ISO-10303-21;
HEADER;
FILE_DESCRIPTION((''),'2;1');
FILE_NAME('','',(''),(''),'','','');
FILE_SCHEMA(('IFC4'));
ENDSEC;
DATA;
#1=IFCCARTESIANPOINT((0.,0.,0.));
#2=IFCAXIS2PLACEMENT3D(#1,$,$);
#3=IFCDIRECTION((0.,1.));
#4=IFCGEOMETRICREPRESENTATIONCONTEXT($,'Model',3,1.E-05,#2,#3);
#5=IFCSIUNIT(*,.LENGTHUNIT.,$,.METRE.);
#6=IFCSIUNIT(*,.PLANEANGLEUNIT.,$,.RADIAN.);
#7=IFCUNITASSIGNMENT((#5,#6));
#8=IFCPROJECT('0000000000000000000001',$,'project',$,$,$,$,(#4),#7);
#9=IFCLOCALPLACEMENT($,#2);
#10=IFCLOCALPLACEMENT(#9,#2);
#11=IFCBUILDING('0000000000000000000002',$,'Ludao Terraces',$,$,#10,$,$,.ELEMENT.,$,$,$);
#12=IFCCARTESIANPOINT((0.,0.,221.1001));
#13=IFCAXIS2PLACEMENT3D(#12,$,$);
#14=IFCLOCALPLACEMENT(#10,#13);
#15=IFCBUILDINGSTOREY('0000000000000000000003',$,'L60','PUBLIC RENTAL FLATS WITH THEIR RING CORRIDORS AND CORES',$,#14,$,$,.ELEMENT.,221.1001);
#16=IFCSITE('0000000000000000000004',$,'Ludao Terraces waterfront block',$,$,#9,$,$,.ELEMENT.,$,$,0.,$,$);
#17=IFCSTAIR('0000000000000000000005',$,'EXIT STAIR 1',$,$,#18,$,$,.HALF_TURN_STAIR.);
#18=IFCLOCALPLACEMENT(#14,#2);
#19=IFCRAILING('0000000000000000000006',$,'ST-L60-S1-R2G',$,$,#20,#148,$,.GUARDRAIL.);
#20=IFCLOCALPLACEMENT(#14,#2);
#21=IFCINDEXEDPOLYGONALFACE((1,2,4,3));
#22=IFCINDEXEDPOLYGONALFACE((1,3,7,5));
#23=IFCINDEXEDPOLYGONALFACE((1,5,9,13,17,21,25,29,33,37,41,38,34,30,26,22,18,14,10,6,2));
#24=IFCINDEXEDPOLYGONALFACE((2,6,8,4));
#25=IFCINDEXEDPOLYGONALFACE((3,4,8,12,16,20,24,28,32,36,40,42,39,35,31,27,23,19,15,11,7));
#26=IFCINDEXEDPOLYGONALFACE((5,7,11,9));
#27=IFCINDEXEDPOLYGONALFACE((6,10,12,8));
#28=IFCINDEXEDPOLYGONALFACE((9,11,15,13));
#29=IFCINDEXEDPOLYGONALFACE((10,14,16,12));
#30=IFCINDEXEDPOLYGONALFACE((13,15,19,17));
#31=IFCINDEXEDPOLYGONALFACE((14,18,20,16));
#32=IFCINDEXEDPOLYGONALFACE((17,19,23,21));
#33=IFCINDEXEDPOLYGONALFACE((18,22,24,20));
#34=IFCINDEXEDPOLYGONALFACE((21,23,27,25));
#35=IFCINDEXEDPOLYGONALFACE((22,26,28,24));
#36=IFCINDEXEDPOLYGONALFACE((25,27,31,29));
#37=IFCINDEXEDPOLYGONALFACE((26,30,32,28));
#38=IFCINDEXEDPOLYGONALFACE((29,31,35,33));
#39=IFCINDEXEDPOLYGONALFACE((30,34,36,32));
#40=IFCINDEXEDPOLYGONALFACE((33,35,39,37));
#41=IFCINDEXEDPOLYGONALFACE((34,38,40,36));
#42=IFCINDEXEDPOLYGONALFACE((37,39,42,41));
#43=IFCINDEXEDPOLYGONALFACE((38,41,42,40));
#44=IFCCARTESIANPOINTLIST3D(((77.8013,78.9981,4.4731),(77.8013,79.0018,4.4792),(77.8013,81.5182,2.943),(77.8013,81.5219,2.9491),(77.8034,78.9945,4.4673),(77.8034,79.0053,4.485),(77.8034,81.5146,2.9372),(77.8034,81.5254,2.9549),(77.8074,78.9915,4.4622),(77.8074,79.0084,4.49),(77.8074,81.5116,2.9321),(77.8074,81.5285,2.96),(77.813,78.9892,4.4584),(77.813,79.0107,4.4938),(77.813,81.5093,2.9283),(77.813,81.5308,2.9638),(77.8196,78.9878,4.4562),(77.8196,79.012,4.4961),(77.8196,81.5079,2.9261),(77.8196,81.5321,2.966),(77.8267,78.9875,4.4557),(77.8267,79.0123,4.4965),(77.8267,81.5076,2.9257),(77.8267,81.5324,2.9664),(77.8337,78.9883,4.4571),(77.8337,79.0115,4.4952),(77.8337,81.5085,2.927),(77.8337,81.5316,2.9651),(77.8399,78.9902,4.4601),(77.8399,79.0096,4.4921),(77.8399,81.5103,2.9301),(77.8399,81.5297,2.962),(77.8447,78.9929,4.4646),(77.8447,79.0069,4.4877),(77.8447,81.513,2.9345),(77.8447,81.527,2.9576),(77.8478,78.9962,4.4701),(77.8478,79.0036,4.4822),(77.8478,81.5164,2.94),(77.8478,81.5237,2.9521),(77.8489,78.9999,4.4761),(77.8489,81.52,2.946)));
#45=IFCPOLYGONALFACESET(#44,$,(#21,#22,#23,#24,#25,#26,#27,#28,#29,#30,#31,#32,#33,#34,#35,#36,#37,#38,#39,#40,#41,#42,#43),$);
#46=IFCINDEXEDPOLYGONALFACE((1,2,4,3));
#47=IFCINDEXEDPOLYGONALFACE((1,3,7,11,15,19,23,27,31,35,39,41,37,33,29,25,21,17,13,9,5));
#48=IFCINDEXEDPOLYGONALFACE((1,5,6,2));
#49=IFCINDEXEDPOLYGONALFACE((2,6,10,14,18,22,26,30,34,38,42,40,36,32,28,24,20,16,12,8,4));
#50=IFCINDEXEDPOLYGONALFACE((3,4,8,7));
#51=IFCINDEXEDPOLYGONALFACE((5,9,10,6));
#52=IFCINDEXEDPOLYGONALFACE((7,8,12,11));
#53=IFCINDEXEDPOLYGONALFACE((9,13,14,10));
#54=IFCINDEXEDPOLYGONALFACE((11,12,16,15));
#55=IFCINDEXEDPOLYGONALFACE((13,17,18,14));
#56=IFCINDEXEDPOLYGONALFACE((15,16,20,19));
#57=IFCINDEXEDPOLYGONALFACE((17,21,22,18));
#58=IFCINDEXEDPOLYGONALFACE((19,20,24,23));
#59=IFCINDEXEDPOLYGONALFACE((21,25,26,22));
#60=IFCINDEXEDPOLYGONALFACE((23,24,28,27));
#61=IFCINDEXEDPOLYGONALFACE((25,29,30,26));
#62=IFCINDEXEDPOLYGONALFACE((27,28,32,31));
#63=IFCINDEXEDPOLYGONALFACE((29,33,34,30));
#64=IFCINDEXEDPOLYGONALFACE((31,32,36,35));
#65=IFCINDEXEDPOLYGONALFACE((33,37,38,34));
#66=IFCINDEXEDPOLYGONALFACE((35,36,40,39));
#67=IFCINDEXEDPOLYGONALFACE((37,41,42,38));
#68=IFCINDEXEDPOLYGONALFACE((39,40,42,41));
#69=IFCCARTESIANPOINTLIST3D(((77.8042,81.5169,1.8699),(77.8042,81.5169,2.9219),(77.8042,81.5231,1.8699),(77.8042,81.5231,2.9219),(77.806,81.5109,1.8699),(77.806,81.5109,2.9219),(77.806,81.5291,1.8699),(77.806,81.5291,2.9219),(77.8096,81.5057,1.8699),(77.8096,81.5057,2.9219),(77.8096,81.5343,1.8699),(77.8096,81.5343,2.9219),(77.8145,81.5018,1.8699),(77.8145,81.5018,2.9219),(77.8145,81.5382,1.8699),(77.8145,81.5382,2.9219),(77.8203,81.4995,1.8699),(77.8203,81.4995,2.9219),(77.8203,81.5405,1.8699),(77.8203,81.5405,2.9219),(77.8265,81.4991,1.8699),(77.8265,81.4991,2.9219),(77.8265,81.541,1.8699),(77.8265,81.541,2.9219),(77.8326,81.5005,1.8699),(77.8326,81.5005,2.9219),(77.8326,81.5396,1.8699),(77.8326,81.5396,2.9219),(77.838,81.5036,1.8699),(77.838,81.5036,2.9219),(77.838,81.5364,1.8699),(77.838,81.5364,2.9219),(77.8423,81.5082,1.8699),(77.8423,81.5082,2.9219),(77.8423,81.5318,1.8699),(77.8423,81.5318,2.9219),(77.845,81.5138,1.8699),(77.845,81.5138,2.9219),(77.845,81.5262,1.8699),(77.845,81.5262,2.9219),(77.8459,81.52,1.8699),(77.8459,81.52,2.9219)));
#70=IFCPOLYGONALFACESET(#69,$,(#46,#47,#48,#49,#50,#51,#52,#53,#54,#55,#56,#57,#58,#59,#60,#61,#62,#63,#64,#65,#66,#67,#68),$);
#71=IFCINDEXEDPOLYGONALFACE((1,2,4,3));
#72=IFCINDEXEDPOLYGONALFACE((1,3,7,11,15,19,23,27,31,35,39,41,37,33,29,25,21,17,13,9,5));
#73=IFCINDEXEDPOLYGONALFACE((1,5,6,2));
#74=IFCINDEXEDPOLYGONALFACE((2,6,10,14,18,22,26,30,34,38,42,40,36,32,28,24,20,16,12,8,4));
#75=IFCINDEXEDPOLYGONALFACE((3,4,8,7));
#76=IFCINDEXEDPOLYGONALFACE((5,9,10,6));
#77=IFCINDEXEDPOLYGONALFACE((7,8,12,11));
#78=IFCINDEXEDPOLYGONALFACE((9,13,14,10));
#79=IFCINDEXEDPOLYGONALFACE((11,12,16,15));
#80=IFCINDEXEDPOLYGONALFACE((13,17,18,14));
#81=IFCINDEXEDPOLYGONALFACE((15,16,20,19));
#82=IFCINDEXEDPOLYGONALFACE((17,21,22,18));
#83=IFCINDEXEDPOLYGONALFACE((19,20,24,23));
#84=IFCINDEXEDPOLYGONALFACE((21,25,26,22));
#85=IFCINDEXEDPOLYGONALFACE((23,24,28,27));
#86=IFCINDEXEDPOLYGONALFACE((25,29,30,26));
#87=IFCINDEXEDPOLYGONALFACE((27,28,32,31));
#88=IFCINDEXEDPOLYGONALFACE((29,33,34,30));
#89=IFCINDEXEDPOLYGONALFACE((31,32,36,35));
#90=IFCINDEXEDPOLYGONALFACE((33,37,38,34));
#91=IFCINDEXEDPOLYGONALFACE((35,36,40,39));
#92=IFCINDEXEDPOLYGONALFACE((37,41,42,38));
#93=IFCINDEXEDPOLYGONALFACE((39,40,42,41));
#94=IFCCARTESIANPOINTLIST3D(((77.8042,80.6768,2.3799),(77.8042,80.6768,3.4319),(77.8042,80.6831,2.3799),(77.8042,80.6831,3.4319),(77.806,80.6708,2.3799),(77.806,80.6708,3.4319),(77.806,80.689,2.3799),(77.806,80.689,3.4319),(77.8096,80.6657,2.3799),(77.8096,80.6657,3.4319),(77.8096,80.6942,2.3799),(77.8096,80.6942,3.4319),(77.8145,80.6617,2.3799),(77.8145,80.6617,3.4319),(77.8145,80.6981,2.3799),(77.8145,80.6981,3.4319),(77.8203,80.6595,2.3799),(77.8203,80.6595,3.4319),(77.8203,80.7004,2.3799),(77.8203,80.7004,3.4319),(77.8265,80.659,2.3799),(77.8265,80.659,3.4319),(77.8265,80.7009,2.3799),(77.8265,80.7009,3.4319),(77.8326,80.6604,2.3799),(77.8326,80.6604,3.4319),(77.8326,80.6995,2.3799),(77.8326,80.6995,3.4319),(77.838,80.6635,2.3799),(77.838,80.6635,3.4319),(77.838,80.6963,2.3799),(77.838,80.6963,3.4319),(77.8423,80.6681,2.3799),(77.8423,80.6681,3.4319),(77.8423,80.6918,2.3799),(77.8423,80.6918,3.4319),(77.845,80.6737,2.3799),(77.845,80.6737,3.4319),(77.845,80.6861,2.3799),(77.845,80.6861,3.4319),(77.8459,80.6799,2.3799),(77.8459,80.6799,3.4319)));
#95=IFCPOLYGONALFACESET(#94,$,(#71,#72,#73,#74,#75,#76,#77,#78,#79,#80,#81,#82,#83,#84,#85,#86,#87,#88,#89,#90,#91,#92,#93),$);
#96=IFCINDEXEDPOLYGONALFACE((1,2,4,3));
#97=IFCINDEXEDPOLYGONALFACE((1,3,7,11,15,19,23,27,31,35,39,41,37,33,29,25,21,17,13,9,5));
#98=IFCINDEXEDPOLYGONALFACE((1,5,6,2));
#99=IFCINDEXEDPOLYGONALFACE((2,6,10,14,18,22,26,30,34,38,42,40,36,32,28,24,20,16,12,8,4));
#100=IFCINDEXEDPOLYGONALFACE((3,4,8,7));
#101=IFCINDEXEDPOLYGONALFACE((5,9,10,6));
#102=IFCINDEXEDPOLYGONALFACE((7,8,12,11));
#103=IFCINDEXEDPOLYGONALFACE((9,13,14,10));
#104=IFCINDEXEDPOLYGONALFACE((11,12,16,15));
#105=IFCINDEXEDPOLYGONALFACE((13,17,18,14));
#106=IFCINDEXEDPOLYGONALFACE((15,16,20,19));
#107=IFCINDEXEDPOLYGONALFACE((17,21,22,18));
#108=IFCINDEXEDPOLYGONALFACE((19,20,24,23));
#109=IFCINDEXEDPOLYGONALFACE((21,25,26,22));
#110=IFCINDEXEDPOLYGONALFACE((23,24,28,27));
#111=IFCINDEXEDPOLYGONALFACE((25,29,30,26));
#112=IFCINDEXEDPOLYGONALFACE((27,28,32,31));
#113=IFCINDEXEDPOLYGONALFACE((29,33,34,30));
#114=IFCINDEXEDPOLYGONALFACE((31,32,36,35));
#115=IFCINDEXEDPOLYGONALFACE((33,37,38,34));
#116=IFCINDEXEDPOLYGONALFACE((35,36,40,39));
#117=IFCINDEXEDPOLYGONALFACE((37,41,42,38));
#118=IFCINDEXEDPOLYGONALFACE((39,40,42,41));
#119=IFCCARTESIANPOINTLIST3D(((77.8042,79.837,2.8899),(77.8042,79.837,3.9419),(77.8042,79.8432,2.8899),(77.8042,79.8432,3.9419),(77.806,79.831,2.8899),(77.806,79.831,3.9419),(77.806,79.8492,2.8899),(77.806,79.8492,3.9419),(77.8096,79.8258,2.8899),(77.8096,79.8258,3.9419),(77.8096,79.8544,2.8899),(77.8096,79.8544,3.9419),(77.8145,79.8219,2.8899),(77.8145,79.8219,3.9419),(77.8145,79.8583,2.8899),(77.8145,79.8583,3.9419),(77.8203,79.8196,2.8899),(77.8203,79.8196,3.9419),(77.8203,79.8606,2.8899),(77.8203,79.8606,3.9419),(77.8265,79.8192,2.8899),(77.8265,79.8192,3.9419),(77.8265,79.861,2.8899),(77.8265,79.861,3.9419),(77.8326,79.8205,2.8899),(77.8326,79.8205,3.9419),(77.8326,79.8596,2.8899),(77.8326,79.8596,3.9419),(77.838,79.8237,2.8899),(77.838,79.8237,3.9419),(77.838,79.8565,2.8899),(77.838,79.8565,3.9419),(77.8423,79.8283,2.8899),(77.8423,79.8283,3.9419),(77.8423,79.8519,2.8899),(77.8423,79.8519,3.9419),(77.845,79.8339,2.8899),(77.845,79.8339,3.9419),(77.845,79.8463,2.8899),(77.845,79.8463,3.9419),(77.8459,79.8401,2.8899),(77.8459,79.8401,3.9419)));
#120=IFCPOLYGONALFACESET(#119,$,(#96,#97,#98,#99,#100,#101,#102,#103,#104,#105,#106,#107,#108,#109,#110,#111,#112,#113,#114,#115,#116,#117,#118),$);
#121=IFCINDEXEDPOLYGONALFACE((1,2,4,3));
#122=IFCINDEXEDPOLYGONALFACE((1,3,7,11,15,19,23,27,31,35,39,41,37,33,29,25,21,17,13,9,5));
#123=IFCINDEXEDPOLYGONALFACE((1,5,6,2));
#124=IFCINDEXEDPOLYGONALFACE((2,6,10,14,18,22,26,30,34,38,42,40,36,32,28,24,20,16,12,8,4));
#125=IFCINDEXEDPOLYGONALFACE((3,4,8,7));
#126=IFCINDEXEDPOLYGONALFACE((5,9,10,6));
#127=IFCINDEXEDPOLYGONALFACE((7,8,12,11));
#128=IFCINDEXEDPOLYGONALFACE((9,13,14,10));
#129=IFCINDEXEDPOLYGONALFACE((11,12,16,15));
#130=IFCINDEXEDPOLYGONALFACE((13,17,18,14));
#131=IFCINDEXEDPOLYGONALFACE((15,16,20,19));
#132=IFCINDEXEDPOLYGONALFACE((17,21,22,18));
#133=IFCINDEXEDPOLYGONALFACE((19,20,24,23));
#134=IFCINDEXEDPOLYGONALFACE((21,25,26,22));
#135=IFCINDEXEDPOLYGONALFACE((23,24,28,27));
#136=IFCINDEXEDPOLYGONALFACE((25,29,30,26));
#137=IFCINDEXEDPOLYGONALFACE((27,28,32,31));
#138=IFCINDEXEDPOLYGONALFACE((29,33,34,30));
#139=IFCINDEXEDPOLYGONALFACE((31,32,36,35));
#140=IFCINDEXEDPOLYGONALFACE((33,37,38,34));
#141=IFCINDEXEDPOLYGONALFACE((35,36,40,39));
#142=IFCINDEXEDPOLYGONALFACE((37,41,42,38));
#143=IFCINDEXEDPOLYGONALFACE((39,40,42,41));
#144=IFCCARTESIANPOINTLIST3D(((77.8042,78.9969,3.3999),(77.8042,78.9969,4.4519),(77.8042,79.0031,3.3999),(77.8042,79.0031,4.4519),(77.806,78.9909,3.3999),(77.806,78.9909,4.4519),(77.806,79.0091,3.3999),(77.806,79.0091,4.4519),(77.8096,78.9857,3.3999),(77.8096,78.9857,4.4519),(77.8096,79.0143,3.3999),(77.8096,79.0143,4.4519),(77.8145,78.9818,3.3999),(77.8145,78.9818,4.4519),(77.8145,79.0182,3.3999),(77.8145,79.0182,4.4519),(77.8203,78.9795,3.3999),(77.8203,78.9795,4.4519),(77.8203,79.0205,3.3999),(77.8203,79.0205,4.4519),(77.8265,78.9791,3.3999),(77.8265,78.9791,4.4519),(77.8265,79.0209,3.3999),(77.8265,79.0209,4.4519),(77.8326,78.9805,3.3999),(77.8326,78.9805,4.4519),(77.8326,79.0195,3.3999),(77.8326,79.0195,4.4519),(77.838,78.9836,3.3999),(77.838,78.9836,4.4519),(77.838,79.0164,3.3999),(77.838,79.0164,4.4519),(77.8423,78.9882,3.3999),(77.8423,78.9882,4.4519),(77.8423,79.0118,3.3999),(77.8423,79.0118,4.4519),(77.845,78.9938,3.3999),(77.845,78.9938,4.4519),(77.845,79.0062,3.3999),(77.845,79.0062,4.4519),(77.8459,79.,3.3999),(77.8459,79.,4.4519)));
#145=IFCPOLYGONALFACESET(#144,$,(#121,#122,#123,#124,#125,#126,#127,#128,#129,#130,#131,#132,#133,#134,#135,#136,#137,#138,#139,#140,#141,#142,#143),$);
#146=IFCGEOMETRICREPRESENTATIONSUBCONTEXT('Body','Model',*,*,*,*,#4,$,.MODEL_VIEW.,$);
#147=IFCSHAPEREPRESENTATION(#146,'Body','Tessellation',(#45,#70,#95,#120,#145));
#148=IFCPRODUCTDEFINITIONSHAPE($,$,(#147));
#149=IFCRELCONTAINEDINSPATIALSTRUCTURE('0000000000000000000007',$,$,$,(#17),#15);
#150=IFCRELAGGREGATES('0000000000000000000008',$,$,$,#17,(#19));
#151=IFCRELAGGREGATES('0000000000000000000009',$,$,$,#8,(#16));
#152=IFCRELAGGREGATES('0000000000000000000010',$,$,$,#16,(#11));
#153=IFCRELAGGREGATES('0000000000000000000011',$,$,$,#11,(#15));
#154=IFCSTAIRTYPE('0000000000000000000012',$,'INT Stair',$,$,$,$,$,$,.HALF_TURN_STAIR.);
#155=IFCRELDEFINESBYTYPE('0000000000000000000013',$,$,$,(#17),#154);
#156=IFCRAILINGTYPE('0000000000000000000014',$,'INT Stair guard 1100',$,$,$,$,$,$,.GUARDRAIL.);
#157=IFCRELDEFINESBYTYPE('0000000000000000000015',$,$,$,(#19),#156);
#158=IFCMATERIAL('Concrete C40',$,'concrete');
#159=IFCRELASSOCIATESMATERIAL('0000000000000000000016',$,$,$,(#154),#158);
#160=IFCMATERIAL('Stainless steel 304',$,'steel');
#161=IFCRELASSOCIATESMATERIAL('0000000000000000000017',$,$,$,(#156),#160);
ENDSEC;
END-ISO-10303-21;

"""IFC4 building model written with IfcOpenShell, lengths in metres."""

from ifc_helpers import new_model, si_unit, direction, frame, origin, origin_2d, place, context, subcontext, project, spatial, circle, extrude, material, type_object, element, aggregate, save


model = new_model("IFC4")

# Units and contexts
model_context = context("Model", 3, precision=1e-05, world=origin(), true_north=direction((0.0, 1.0)))
body_context = subcontext(model_context, "Body", "Model", "MODEL_VIEW")
ifc_project = project(units=[si_unit("LENGTHUNIT", "METRE"), si_unit("PLANEANGLEUNIT", "RADIAN")], contexts=[model_context])

# Site, building, storey
site_placement = place(None, origin())
site = spatial("IfcSite", under=ifc_project, at=site_placement, Name="Ludao Terraces waterfront block", CompositionType="ELEMENT", RefElevation=0.0)
building_placement = place(site_placement, origin())
building = spatial("IfcBuilding", under=site, at=building_placement, Name="Ludao Terraces", CompositionType="ELEMENT")
storey_placement = place(building_placement, frame((0.0, 0.0, 221.1001)))
storey = spatial("IfcBuildingStorey", under=building, at=storey_placement, Name="L60", Description="PUBLIC RENTAL FLATS WITH THEIR RING CORRIDORS AND CORES", CompositionType="ELEMENT", Elevation=221.1001)

# Shared definitions
ifc_material_1 = material(Name="Concrete C40", Category="concrete")

# Stair, railing
stair_type = type_object("IfcStairType", Name="INT Stair", PredefinedType="HALF_TURN_STAIR", material=ifc_material_1)
stair_placement = place(storey_placement, origin())
stair = element("IfcStair", 1, at=stair_placement, inside=storey, type_object=stair_type, Name="EXIT STAIR 1", PredefinedType="HALF_TURN_STAIR")
ifc_material_2 = material(Name="Stainless steel 304", Category="steel")
railing_type_1 = type_object("IfcRailingType", Name="INT Stair guard 1100", PredefinedType="GUARDRAIL", material=ifc_material_2)
railing_1_placement = place(storey_placement, frame((77.825, 81.52, 1.8699)))
railing_1 = element("IfcRailing", 2, at=railing_1_placement, type_object=railing_type_1, Name="ST-L60-S1-R2G", PredefinedType="GUARDRAIL", context=body_context, shape_type="SweptSolid", body=[
    extrude(circle(Radius=0.0239, at=origin_2d()), frame((0.0, 0.0, 1.0762), z_axis=(0.0, -0.854785, 0.518982), x_axis=(1.0, 0.0, 0.0)), (0.0, 0.0, 1.0), 2.9482),
    extrude(circle(Radius=0.021, at=origin_2d()), origin(), (0.0, 0.0, 1.0), 1.052),
    extrude(circle(Radius=0.021, at=origin_2d()), frame((0.0, -0.8401, 0.51)), (0.0, 0.0, 1.0), 1.052),
    extrude(circle(Radius=0.021, at=origin_2d()), frame((0.0, -1.6799, 1.02)), (0.0, 0.0, 1.0), 1.052),
    extrude(circle(Radius=0.021, at=origin_2d()), frame((0.0, -2.52, 1.53)), (0.0, 0.0, 1.0), 1.052),
])
aggregate(stair, [railing_1])

save(model, "model.ifc")
